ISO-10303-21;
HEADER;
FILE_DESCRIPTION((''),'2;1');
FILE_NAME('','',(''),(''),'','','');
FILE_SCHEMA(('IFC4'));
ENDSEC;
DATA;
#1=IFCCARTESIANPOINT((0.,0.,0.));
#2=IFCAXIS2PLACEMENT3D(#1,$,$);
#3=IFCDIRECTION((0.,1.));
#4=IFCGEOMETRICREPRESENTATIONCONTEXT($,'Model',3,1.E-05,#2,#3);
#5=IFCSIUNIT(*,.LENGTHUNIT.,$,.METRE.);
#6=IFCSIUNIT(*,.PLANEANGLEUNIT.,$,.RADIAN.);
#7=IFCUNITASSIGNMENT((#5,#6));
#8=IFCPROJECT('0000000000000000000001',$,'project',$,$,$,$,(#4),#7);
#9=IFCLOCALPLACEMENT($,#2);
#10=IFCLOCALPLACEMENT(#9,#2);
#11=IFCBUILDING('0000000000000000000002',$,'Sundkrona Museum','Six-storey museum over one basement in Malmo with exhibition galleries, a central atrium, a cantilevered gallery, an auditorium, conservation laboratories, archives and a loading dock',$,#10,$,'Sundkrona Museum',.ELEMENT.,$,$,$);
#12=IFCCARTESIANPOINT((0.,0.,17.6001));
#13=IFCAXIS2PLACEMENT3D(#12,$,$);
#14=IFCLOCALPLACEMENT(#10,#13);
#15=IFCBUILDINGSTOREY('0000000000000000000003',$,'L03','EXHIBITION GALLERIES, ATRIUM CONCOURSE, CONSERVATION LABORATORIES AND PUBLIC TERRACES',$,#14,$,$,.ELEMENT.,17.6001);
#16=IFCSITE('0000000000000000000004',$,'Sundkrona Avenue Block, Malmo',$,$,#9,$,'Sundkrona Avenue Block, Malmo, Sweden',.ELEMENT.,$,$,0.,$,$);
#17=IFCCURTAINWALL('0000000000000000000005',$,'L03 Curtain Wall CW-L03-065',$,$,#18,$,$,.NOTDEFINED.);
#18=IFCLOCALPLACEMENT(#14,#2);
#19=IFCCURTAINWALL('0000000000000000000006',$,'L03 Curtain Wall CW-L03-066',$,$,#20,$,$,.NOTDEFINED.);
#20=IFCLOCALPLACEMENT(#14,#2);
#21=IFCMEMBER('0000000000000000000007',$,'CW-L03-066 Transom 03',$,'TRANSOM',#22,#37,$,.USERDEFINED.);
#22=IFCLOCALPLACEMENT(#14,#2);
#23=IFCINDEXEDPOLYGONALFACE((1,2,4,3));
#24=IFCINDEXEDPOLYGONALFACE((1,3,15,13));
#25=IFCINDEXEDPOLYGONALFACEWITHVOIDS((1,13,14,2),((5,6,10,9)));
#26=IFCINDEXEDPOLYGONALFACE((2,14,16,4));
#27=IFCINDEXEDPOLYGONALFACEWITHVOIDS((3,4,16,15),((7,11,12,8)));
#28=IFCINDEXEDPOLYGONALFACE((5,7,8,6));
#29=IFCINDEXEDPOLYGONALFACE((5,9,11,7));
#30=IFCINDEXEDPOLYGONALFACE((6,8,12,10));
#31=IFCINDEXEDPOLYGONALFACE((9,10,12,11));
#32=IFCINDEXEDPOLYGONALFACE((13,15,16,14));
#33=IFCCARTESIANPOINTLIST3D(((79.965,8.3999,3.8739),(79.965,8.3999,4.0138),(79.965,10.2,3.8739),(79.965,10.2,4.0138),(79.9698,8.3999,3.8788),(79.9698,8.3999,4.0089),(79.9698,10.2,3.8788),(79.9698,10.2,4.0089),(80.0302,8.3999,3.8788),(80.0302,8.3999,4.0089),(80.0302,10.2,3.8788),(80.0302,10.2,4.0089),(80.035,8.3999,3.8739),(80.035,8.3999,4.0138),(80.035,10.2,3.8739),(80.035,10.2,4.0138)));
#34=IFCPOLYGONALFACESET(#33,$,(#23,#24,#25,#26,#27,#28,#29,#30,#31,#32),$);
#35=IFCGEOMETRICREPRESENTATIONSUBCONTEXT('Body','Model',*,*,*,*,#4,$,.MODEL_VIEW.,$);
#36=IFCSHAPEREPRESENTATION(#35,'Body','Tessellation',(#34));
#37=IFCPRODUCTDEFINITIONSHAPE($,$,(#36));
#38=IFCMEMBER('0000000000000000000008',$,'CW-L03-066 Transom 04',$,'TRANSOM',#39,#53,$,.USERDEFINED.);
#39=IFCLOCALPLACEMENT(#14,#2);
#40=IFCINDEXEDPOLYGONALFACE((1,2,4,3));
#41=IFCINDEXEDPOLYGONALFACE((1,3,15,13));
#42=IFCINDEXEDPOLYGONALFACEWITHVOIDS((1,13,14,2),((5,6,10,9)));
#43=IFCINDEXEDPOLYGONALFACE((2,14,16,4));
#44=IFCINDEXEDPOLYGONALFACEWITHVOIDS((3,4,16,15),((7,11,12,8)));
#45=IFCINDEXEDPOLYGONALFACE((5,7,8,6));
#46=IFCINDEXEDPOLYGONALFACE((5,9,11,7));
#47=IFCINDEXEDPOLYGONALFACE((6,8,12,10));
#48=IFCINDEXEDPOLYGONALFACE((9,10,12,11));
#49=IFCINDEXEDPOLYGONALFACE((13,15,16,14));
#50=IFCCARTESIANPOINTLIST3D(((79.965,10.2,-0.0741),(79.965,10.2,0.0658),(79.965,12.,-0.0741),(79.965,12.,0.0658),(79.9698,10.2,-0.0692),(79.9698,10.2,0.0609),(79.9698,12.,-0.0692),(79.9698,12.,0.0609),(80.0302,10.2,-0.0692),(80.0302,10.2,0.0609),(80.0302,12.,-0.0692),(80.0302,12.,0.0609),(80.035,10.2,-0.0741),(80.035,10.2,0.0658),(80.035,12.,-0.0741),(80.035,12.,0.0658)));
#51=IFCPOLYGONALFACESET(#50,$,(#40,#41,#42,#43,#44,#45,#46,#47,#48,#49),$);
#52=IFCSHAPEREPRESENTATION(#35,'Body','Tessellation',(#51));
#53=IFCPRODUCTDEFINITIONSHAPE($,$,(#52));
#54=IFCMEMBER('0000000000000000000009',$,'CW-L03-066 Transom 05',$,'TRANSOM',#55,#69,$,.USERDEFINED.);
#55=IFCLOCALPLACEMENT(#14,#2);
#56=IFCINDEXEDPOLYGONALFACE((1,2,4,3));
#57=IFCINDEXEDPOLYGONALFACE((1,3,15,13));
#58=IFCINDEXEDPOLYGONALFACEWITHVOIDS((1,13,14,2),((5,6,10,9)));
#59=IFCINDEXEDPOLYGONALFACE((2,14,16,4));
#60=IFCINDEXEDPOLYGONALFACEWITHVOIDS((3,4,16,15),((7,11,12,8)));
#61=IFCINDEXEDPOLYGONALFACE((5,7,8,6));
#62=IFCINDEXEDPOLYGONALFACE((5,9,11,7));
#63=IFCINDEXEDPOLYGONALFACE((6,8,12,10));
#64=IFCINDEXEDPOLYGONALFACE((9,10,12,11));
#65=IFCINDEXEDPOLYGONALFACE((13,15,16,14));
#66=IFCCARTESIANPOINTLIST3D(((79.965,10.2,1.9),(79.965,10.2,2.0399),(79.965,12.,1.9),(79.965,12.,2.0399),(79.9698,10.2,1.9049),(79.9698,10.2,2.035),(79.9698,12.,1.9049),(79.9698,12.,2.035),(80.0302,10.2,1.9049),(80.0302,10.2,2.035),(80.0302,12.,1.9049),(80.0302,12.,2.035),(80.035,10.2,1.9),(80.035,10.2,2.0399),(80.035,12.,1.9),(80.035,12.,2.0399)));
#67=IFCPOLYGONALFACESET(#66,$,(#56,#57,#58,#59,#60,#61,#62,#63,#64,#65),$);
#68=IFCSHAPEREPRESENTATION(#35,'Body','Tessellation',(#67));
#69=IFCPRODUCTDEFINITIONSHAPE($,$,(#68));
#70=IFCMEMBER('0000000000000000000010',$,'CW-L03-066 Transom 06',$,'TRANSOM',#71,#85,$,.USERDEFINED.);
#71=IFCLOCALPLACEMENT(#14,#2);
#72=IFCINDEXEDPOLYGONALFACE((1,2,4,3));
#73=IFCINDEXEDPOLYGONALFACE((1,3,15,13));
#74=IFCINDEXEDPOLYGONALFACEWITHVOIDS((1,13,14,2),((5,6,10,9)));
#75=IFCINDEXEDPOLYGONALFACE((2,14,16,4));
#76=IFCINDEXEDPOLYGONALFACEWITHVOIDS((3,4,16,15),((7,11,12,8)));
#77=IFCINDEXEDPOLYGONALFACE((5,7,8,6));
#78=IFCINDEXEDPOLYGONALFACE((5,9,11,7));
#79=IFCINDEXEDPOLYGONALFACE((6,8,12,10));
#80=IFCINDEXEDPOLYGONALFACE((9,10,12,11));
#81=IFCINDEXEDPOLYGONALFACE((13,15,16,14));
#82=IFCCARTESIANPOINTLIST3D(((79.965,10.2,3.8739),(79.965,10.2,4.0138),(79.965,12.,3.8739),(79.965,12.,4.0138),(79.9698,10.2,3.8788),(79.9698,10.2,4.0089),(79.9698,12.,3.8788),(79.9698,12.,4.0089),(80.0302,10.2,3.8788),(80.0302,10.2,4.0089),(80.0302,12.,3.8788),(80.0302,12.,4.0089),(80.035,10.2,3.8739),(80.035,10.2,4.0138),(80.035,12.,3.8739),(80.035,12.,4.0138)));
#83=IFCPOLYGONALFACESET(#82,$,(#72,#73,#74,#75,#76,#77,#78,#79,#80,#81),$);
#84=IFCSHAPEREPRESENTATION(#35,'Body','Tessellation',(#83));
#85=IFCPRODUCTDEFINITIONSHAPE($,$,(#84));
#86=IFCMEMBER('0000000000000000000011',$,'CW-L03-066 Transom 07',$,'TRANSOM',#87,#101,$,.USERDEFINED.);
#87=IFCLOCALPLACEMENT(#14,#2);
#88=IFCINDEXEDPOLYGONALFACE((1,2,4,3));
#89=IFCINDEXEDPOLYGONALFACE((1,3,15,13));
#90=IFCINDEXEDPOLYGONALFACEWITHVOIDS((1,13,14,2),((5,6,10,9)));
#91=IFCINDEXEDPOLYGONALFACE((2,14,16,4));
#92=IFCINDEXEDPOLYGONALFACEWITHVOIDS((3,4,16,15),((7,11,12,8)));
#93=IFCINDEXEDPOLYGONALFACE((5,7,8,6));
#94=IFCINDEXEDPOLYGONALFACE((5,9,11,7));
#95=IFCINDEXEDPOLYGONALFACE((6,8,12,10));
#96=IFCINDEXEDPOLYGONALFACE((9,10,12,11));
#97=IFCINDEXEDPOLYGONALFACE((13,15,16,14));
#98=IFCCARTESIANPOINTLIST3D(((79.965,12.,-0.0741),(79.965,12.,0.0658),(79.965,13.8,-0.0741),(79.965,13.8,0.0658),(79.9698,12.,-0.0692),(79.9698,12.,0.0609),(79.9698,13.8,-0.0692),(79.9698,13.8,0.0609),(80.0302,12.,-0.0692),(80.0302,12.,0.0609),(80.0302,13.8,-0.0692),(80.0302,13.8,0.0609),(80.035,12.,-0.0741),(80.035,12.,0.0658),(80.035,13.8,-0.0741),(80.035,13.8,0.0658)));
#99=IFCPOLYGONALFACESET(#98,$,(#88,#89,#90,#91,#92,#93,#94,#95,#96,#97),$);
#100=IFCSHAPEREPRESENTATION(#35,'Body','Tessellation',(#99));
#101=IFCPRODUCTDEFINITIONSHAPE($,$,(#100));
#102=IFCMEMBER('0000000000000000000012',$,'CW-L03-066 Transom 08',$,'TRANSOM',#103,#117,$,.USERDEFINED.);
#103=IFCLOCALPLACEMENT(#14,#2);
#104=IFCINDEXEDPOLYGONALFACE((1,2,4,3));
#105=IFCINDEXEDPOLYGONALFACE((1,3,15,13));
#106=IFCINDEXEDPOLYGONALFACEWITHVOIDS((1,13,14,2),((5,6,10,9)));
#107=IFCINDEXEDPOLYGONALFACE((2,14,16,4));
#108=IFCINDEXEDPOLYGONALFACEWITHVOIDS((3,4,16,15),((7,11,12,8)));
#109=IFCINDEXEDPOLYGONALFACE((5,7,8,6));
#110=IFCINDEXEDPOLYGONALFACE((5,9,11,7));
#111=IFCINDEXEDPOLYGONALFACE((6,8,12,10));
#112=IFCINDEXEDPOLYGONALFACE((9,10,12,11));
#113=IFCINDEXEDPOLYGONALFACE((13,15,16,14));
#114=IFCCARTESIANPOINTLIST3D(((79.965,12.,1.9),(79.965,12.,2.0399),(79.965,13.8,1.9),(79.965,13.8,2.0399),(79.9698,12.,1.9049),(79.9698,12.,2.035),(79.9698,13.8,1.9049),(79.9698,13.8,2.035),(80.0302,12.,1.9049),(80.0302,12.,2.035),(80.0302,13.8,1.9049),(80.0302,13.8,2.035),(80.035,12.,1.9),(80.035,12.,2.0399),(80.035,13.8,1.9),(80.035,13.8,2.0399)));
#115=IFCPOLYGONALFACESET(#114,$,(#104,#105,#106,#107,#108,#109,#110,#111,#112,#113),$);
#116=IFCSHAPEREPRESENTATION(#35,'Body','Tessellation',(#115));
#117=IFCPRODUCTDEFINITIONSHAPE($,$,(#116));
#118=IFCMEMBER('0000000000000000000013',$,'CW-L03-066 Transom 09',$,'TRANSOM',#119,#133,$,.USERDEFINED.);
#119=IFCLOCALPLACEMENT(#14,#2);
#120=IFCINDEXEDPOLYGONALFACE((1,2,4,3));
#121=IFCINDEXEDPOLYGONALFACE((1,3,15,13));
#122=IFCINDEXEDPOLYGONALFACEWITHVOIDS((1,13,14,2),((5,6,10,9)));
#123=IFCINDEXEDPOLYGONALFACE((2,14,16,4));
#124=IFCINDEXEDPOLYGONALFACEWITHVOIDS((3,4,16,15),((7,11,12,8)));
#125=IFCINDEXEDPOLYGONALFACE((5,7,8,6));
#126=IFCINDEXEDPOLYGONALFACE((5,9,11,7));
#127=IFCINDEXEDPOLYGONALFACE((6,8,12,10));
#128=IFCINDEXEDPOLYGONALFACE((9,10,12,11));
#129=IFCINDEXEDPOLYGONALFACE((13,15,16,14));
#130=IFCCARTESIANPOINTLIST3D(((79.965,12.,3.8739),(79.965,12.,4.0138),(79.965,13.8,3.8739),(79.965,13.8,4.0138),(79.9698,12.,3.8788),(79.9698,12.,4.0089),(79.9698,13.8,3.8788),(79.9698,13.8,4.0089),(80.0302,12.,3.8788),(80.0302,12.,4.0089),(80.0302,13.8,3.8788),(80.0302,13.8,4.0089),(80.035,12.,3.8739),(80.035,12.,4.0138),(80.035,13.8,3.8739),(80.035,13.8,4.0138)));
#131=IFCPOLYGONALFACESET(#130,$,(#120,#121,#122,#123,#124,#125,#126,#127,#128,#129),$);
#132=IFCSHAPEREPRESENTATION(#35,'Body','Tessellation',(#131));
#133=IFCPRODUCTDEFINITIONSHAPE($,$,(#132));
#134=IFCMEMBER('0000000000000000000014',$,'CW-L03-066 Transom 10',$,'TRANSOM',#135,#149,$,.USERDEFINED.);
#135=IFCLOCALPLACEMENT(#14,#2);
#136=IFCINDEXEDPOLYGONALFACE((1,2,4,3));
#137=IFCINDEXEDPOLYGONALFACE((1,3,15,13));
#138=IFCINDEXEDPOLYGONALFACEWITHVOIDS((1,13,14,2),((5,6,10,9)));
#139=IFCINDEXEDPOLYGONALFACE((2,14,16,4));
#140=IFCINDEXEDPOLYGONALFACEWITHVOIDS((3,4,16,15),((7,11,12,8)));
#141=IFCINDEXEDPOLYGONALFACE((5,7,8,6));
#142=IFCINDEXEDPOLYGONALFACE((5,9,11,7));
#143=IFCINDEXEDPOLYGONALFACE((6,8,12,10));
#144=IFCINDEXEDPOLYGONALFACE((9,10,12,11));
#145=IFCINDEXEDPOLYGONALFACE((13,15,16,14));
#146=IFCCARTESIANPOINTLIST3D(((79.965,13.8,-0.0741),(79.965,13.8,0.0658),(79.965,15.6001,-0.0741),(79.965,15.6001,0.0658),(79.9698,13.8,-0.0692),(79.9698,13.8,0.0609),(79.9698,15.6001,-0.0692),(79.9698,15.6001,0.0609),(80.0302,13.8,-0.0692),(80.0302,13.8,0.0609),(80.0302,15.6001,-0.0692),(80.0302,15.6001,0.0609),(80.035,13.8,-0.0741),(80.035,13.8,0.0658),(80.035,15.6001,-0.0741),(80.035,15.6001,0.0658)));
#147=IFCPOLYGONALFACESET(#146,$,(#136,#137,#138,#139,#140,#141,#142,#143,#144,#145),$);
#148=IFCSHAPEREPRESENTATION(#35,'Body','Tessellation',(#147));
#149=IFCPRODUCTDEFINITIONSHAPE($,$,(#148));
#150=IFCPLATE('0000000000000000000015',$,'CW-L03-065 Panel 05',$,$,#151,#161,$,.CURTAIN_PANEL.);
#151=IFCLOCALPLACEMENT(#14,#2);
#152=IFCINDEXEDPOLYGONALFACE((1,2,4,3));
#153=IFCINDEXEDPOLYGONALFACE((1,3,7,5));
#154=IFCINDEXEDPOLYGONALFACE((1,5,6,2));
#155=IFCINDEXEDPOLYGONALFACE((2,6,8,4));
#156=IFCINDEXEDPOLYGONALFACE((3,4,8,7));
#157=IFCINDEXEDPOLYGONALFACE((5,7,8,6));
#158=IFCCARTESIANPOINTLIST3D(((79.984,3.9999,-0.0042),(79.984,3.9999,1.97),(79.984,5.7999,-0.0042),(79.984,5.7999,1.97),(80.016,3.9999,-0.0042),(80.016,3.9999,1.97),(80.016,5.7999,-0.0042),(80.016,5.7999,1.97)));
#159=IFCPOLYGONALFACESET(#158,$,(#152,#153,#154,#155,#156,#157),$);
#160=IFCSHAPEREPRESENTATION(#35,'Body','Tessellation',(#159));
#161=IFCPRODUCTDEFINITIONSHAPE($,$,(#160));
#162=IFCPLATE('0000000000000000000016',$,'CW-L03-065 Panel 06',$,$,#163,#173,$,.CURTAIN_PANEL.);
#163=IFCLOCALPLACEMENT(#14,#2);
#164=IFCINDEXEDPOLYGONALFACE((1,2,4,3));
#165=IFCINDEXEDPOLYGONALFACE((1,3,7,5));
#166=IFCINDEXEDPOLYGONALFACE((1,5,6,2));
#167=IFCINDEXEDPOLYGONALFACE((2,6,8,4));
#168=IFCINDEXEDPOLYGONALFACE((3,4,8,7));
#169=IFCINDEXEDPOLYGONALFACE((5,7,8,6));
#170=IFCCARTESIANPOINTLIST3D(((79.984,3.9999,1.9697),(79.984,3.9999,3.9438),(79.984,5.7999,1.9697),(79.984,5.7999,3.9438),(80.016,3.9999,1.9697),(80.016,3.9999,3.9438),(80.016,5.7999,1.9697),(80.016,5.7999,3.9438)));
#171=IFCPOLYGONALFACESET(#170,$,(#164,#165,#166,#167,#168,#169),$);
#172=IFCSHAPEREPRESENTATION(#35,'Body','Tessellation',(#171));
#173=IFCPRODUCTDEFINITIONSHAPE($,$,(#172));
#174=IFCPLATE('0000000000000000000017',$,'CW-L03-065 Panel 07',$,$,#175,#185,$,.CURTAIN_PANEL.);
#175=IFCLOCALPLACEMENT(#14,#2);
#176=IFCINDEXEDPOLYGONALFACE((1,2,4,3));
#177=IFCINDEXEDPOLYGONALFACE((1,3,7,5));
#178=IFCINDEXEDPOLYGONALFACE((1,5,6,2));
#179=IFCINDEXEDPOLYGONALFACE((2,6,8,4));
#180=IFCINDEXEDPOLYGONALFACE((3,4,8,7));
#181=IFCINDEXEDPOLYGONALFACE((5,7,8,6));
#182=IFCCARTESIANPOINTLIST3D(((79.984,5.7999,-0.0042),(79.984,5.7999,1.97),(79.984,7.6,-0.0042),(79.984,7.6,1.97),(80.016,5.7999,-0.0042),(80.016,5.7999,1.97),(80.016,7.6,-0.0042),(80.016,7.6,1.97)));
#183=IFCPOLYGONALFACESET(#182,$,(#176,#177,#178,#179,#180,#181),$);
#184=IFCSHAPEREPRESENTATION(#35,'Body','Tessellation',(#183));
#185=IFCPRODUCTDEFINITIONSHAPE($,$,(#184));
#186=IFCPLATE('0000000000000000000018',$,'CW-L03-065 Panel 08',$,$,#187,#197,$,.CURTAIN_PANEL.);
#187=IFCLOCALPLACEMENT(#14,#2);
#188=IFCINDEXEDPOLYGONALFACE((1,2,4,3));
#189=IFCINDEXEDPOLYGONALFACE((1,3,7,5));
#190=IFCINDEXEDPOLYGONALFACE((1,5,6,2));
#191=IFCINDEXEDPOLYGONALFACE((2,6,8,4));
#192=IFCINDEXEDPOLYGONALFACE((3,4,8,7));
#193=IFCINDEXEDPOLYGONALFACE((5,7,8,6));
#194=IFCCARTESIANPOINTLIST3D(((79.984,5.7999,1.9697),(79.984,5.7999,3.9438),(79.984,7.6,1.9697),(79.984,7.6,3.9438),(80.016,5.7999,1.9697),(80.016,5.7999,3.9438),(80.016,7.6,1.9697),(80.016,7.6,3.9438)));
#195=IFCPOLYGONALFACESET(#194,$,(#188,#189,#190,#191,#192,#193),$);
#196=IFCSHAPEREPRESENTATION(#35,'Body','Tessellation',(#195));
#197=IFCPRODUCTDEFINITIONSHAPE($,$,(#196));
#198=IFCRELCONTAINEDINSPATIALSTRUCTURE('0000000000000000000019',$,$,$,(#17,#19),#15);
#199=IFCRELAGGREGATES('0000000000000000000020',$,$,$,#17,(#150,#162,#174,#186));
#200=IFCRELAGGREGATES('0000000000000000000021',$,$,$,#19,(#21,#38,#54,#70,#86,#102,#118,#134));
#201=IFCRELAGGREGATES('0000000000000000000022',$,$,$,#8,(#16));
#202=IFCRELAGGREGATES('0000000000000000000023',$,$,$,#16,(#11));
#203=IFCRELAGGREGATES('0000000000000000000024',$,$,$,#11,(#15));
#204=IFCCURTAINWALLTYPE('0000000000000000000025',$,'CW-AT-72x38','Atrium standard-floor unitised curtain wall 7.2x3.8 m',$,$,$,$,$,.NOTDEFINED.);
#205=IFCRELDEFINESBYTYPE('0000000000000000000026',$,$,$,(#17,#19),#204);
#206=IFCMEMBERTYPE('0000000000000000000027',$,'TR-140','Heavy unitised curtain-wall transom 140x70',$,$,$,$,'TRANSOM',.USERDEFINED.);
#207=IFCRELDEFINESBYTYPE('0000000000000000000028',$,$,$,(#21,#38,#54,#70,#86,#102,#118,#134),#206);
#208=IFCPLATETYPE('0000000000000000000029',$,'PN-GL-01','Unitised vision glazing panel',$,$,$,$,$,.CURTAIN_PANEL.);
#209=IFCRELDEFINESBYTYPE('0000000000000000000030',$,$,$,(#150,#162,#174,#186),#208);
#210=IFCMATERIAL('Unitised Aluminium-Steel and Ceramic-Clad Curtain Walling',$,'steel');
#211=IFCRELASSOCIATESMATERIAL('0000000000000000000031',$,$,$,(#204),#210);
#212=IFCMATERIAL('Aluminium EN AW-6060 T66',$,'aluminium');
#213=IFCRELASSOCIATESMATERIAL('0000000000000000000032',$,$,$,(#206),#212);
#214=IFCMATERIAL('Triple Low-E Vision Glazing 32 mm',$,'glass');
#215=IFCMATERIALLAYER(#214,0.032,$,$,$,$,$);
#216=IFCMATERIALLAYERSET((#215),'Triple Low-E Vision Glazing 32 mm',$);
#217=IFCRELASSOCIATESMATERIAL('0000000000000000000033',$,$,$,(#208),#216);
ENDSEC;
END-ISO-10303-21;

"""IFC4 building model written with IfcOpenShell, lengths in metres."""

from ifc_helpers import new_model, si_unit, direction, frame, origin, origin_2d, place, context, subcontext, project, spatial, rectangle, hollow_rectangle, extrude, material, layer, layer_set, material_profile, profile_set, type_object, element, aggregate, save


model = new_model("IFC4")

# Units and contexts
model_context = context("Model", 3, precision=1e-05, world=origin(), true_north=direction((0.0, 1.0)))
body_context = subcontext(model_context, "Body", "Model", "MODEL_VIEW")
ifc_project = project(units=[si_unit("LENGTHUNIT", "METRE"), si_unit("PLANEANGLEUNIT", "RADIAN")], contexts=[model_context])

# Site, building, storey
site_placement = place(None, origin())
site = spatial("IfcSite", under=ifc_project, at=site_placement, Name="Sundkrona Avenue Block, Malmo", LongName="Sundkrona Avenue Block, Malmo, Sweden", CompositionType="ELEMENT", RefElevation=0.0)
building_placement = place(site_placement, origin())
building = spatial("IfcBuilding", under=site, at=building_placement, Name="Sundkrona Museum", Description="Six-storey museum over one basement in Malmo with exhibition galleries, a central atrium, a cantilevered gallery, an auditorium, conservation laboratories, archives and a loading dock", LongName="Sundkrona Museum", CompositionType="ELEMENT")
storey_placement = place(building_placement, frame((0.0, 0.0, 17.6001)))
storey = spatial("IfcBuildingStorey", under=building, at=storey_placement, Name="L03", Description="EXHIBITION GALLERIES, ATRIUM CONCOURSE, CONSERVATION LABORATORIES AND PUBLIC TERRACES", CompositionType="ELEMENT", Elevation=17.6001)

# Curtain walls
ifc_material_1 = material(Name="Unitised Aluminium-Steel and Ceramic-Clad Curtain Walling", Category="steel")
curtain_wall_type = type_object("IfcCurtainWallType", Name="CW-AT-72x38", Description="Atrium standard-floor unitised curtain wall 7.2x3.8 m", PredefinedType="NOTDEFINED", material=ifc_material_1)
curtain_wall_1_placement = place(storey_placement, origin())
curtain_wall_1 = element("IfcCurtainWall", 1, at=curtain_wall_1_placement, inside=storey, type_object=curtain_wall_type, Name="L03 Curtain Wall CW-L03-065", PredefinedType="NOTDEFINED")
ifc_material_2 = material(Name="Aluminium EN AW-6060 T66", Category="aluminium")
curtain_wall_2_placement = place(storey_placement, origin())
curtain_wall_2 = element("IfcCurtainWall", 2, at=curtain_wall_2_placement, inside=storey, type_object=curtain_wall_type, Name="L03 Curtain Wall CW-L03-066", PredefinedType="NOTDEFINED")

# Members
ifc_material_profile_1 = material_profile(ifc_material_2, hollow_rectangle(XDim=0.0701, YDim=0.1399, WallThickness=0.0049, at=origin_2d()), Name="RHS 140x70x5.0")
ifc_profile_set_1 = profile_set([ifc_material_profile_1], Name="Aluminium EN AW-6060 T66")
member_type_1 = type_object("IfcMemberType", Name="TR-140", Description="Heavy unitised curtain-wall transom 140x70", ElementType="TRANSOM", PredefinedType="USERDEFINED", material=ifc_profile_set_1)
member_1_placement = place(storey_placement, frame((80.0, 8.3999, 3.9438), z_axis=(0.0, 1.0, 0.0), x_axis=(-1.0, 0.0, 0.0)))
member_1 = element("IfcMember", 3, at=member_1_placement, type_object=member_type_1, Name="CW-L03-066 Transom 03", ObjectType="TRANSOM", PredefinedType="USERDEFINED", context=body_context, shape_type="SweptSolid", body=[
    extrude(hollow_rectangle(XDim=0.0701, YDim=0.1399, WallThickness=0.0049, at=origin_2d()), origin(), (0.0, 0.0, 1.0), 1.8),
])
member_2_placement = place(storey_placement, frame((80.0, 10.2, -0.0042), z_axis=(0.0, 1.0, 0.0), x_axis=(-1.0, 0.0, 0.0)))
member_2 = element("IfcMember", 4, at=member_2_placement, type_object=member_type_1, Name="CW-L03-066 Transom 04", ObjectType="TRANSOM", PredefinedType="USERDEFINED", context=body_context, shape_type="SweptSolid", body=[
    extrude(hollow_rectangle(XDim=0.0701, YDim=0.1399, WallThickness=0.0049, at=origin_2d()), origin(), (0.0, 0.0, 1.0), 1.8),
])
member_3_placement = place(storey_placement, frame((80.0, 10.2, 1.97), z_axis=(0.0, 1.0, 0.0), x_axis=(-1.0, 0.0, 0.0)))
member_3 = element("IfcMember", 5, at=member_3_placement, type_object=member_type_1, Name="CW-L03-066 Transom 05", ObjectType="TRANSOM", PredefinedType="USERDEFINED", context=body_context, shape_type="SweptSolid", body=[
    extrude(hollow_rectangle(XDim=0.0701, YDim=0.1399, WallThickness=0.0049, at=origin_2d()), origin(), (0.0, 0.0, 1.0), 1.8),
])
member_4_placement = place(storey_placement, frame((80.0, 10.2, 3.9438), z_axis=(0.0, 1.0, 0.0), x_axis=(-1.0, 0.0, 0.0)))
member_4 = element("IfcMember", 6, at=member_4_placement, type_object=member_type_1, Name="CW-L03-066 Transom 06", ObjectType="TRANSOM", PredefinedType="USERDEFINED", context=body_context, shape_type="SweptSolid", body=[
    extrude(hollow_rectangle(XDim=0.0701, YDim=0.1399, WallThickness=0.0049, at=origin_2d()), origin(), (0.0, 0.0, 1.0), 1.8),
])
member_5_placement = place(storey_placement, frame((80.0, 12.0, -0.0042), z_axis=(0.0, 1.0, 0.0), x_axis=(-1.0, 0.0, 0.0)))
member_5 = element("IfcMember", 7, at=member_5_placement, type_object=member_type_1, Name="CW-L03-066 Transom 07", ObjectType="TRANSOM", PredefinedType="USERDEFINED", context=body_context, shape_type="SweptSolid", body=[
    extrude(hollow_rectangle(XDim=0.0701, YDim=0.1399, WallThickness=0.0049, at=origin_2d()), origin(), (0.0, 0.0, 1.0), 1.8),
])
member_6_placement = place(storey_placement, frame((80.0, 12.0, 1.97), z_axis=(0.0, 1.0, 0.0), x_axis=(-1.0, 0.0, 0.0)))
member_6 = element("IfcMember", 8, at=member_6_placement, type_object=member_type_1, Name="CW-L03-066 Transom 08", ObjectType="TRANSOM", PredefinedType="USERDEFINED", context=body_context, shape_type="SweptSolid", body=[
    extrude(hollow_rectangle(XDim=0.0701, YDim=0.1399, WallThickness=0.0049, at=origin_2d()), origin(), (0.0, 0.0, 1.0), 1.8),
])
member_7_placement = place(storey_placement, frame((80.0, 12.0, 3.9438), z_axis=(0.0, 1.0, 0.0), x_axis=(-1.0, 0.0, 0.0)))
member_7 = element("IfcMember", 9, at=member_7_placement, type_object=member_type_1, Name="CW-L03-066 Transom 09", ObjectType="TRANSOM", PredefinedType="USERDEFINED", context=body_context, shape_type="SweptSolid", body=[
    extrude(hollow_rectangle(XDim=0.0701, YDim=0.1399, WallThickness=0.0049, at=origin_2d()), origin(), (0.0, 0.0, 1.0), 1.8),
])
member_8_placement = place(storey_placement, frame((80.0, 13.8, -0.0042), z_axis=(0.0, 1.0, 0.0), x_axis=(-1.0, 0.0, 0.0)))
member_8 = element("IfcMember", 10, at=member_8_placement, type_object=member_type_1, Name="CW-L03-066 Transom 10", ObjectType="TRANSOM", PredefinedType="USERDEFINED", context=body_context, shape_type="SweptSolid", body=[
    extrude(hollow_rectangle(XDim=0.0701, YDim=0.1399, WallThickness=0.0049, at=origin_2d()), origin(), (0.0, 0.0, 1.0), 1.8),
])

# Plates
ifc_material_3 = material(Name="Triple Low-E Vision Glazing 32 mm", Category="glass")
ifc_layer = layer(ifc_material_3, 0.032)
ifc_layer_set = layer_set([ifc_layer], Name="Triple Low-E Vision Glazing 32 mm")
plate_type = type_object("IfcPlateType", Name="PN-GL-01", Description="Unitised vision glazing panel", PredefinedType="CURTAIN_PANEL", material=ifc_layer_set)
plate_1_placement = place(storey_placement, frame((80.0, 4.8999, -0.0042), z_axis=(0.0, 0.0, 1.0), x_axis=(0.0, 1.0, 0.0)))
plate_1 = element("IfcPlate", 11, at=plate_1_placement, type_object=plate_type, Name="CW-L03-065 Panel 05", PredefinedType="CURTAIN_PANEL", context=body_context, shape_type="SweptSolid", body=[
    extrude(rectangle(XDim=1.8, YDim=0.032, at=origin_2d()), origin(), (0.0, 0.0, 1.0), 1.9741),
])
plate_2_placement = place(storey_placement, frame((80.0, 4.8999, 1.9697), z_axis=(0.0, 0.0, 1.0), x_axis=(0.0, 1.0, 0.0)))
plate_2 = element("IfcPlate", 12, at=plate_2_placement, type_object=plate_type, Name="CW-L03-065 Panel 06", PredefinedType="CURTAIN_PANEL", context=body_context, shape_type="SweptSolid", body=[
    extrude(rectangle(XDim=1.8, YDim=0.032, at=origin_2d()), origin(), (0.0, 0.0, 1.0), 1.9741),
])
plate_3_placement = place(storey_placement, frame((80.0, 6.7, -0.0042), z_axis=(0.0, 0.0, 1.0), x_axis=(0.0, 1.0, 0.0)))
plate_3 = element("IfcPlate", 13, at=plate_3_placement, type_object=plate_type, Name="CW-L03-065 Panel 07", PredefinedType="CURTAIN_PANEL", context=body_context, shape_type="SweptSolid", body=[
    extrude(rectangle(XDim=1.8, YDim=0.032, at=origin_2d()), origin(), (0.0, 0.0, 1.0), 1.9741),
])
plate_4_placement = place(storey_placement, frame((80.0, 6.7, 1.9697), z_axis=(0.0, 0.0, 1.0), x_axis=(0.0, 1.0, 0.0)))
plate_4 = element("IfcPlate", 14, at=plate_4_placement, type_object=plate_type, Name="CW-L03-065 Panel 08", PredefinedType="CURTAIN_PANEL", context=body_context, shape_type="SweptSolid", body=[
    extrude(rectangle(XDim=1.8, YDim=0.032, at=origin_2d()), origin(), (0.0, 0.0, 1.0), 1.9741),
])
aggregate(curtain_wall_1, [plate_1, plate_2, plate_3, plate_4])
aggregate(curtain_wall_2, [member_1, member_2, member_3, member_4, member_5, member_6, member_7, member_8])

save(model, "model.ifc")
